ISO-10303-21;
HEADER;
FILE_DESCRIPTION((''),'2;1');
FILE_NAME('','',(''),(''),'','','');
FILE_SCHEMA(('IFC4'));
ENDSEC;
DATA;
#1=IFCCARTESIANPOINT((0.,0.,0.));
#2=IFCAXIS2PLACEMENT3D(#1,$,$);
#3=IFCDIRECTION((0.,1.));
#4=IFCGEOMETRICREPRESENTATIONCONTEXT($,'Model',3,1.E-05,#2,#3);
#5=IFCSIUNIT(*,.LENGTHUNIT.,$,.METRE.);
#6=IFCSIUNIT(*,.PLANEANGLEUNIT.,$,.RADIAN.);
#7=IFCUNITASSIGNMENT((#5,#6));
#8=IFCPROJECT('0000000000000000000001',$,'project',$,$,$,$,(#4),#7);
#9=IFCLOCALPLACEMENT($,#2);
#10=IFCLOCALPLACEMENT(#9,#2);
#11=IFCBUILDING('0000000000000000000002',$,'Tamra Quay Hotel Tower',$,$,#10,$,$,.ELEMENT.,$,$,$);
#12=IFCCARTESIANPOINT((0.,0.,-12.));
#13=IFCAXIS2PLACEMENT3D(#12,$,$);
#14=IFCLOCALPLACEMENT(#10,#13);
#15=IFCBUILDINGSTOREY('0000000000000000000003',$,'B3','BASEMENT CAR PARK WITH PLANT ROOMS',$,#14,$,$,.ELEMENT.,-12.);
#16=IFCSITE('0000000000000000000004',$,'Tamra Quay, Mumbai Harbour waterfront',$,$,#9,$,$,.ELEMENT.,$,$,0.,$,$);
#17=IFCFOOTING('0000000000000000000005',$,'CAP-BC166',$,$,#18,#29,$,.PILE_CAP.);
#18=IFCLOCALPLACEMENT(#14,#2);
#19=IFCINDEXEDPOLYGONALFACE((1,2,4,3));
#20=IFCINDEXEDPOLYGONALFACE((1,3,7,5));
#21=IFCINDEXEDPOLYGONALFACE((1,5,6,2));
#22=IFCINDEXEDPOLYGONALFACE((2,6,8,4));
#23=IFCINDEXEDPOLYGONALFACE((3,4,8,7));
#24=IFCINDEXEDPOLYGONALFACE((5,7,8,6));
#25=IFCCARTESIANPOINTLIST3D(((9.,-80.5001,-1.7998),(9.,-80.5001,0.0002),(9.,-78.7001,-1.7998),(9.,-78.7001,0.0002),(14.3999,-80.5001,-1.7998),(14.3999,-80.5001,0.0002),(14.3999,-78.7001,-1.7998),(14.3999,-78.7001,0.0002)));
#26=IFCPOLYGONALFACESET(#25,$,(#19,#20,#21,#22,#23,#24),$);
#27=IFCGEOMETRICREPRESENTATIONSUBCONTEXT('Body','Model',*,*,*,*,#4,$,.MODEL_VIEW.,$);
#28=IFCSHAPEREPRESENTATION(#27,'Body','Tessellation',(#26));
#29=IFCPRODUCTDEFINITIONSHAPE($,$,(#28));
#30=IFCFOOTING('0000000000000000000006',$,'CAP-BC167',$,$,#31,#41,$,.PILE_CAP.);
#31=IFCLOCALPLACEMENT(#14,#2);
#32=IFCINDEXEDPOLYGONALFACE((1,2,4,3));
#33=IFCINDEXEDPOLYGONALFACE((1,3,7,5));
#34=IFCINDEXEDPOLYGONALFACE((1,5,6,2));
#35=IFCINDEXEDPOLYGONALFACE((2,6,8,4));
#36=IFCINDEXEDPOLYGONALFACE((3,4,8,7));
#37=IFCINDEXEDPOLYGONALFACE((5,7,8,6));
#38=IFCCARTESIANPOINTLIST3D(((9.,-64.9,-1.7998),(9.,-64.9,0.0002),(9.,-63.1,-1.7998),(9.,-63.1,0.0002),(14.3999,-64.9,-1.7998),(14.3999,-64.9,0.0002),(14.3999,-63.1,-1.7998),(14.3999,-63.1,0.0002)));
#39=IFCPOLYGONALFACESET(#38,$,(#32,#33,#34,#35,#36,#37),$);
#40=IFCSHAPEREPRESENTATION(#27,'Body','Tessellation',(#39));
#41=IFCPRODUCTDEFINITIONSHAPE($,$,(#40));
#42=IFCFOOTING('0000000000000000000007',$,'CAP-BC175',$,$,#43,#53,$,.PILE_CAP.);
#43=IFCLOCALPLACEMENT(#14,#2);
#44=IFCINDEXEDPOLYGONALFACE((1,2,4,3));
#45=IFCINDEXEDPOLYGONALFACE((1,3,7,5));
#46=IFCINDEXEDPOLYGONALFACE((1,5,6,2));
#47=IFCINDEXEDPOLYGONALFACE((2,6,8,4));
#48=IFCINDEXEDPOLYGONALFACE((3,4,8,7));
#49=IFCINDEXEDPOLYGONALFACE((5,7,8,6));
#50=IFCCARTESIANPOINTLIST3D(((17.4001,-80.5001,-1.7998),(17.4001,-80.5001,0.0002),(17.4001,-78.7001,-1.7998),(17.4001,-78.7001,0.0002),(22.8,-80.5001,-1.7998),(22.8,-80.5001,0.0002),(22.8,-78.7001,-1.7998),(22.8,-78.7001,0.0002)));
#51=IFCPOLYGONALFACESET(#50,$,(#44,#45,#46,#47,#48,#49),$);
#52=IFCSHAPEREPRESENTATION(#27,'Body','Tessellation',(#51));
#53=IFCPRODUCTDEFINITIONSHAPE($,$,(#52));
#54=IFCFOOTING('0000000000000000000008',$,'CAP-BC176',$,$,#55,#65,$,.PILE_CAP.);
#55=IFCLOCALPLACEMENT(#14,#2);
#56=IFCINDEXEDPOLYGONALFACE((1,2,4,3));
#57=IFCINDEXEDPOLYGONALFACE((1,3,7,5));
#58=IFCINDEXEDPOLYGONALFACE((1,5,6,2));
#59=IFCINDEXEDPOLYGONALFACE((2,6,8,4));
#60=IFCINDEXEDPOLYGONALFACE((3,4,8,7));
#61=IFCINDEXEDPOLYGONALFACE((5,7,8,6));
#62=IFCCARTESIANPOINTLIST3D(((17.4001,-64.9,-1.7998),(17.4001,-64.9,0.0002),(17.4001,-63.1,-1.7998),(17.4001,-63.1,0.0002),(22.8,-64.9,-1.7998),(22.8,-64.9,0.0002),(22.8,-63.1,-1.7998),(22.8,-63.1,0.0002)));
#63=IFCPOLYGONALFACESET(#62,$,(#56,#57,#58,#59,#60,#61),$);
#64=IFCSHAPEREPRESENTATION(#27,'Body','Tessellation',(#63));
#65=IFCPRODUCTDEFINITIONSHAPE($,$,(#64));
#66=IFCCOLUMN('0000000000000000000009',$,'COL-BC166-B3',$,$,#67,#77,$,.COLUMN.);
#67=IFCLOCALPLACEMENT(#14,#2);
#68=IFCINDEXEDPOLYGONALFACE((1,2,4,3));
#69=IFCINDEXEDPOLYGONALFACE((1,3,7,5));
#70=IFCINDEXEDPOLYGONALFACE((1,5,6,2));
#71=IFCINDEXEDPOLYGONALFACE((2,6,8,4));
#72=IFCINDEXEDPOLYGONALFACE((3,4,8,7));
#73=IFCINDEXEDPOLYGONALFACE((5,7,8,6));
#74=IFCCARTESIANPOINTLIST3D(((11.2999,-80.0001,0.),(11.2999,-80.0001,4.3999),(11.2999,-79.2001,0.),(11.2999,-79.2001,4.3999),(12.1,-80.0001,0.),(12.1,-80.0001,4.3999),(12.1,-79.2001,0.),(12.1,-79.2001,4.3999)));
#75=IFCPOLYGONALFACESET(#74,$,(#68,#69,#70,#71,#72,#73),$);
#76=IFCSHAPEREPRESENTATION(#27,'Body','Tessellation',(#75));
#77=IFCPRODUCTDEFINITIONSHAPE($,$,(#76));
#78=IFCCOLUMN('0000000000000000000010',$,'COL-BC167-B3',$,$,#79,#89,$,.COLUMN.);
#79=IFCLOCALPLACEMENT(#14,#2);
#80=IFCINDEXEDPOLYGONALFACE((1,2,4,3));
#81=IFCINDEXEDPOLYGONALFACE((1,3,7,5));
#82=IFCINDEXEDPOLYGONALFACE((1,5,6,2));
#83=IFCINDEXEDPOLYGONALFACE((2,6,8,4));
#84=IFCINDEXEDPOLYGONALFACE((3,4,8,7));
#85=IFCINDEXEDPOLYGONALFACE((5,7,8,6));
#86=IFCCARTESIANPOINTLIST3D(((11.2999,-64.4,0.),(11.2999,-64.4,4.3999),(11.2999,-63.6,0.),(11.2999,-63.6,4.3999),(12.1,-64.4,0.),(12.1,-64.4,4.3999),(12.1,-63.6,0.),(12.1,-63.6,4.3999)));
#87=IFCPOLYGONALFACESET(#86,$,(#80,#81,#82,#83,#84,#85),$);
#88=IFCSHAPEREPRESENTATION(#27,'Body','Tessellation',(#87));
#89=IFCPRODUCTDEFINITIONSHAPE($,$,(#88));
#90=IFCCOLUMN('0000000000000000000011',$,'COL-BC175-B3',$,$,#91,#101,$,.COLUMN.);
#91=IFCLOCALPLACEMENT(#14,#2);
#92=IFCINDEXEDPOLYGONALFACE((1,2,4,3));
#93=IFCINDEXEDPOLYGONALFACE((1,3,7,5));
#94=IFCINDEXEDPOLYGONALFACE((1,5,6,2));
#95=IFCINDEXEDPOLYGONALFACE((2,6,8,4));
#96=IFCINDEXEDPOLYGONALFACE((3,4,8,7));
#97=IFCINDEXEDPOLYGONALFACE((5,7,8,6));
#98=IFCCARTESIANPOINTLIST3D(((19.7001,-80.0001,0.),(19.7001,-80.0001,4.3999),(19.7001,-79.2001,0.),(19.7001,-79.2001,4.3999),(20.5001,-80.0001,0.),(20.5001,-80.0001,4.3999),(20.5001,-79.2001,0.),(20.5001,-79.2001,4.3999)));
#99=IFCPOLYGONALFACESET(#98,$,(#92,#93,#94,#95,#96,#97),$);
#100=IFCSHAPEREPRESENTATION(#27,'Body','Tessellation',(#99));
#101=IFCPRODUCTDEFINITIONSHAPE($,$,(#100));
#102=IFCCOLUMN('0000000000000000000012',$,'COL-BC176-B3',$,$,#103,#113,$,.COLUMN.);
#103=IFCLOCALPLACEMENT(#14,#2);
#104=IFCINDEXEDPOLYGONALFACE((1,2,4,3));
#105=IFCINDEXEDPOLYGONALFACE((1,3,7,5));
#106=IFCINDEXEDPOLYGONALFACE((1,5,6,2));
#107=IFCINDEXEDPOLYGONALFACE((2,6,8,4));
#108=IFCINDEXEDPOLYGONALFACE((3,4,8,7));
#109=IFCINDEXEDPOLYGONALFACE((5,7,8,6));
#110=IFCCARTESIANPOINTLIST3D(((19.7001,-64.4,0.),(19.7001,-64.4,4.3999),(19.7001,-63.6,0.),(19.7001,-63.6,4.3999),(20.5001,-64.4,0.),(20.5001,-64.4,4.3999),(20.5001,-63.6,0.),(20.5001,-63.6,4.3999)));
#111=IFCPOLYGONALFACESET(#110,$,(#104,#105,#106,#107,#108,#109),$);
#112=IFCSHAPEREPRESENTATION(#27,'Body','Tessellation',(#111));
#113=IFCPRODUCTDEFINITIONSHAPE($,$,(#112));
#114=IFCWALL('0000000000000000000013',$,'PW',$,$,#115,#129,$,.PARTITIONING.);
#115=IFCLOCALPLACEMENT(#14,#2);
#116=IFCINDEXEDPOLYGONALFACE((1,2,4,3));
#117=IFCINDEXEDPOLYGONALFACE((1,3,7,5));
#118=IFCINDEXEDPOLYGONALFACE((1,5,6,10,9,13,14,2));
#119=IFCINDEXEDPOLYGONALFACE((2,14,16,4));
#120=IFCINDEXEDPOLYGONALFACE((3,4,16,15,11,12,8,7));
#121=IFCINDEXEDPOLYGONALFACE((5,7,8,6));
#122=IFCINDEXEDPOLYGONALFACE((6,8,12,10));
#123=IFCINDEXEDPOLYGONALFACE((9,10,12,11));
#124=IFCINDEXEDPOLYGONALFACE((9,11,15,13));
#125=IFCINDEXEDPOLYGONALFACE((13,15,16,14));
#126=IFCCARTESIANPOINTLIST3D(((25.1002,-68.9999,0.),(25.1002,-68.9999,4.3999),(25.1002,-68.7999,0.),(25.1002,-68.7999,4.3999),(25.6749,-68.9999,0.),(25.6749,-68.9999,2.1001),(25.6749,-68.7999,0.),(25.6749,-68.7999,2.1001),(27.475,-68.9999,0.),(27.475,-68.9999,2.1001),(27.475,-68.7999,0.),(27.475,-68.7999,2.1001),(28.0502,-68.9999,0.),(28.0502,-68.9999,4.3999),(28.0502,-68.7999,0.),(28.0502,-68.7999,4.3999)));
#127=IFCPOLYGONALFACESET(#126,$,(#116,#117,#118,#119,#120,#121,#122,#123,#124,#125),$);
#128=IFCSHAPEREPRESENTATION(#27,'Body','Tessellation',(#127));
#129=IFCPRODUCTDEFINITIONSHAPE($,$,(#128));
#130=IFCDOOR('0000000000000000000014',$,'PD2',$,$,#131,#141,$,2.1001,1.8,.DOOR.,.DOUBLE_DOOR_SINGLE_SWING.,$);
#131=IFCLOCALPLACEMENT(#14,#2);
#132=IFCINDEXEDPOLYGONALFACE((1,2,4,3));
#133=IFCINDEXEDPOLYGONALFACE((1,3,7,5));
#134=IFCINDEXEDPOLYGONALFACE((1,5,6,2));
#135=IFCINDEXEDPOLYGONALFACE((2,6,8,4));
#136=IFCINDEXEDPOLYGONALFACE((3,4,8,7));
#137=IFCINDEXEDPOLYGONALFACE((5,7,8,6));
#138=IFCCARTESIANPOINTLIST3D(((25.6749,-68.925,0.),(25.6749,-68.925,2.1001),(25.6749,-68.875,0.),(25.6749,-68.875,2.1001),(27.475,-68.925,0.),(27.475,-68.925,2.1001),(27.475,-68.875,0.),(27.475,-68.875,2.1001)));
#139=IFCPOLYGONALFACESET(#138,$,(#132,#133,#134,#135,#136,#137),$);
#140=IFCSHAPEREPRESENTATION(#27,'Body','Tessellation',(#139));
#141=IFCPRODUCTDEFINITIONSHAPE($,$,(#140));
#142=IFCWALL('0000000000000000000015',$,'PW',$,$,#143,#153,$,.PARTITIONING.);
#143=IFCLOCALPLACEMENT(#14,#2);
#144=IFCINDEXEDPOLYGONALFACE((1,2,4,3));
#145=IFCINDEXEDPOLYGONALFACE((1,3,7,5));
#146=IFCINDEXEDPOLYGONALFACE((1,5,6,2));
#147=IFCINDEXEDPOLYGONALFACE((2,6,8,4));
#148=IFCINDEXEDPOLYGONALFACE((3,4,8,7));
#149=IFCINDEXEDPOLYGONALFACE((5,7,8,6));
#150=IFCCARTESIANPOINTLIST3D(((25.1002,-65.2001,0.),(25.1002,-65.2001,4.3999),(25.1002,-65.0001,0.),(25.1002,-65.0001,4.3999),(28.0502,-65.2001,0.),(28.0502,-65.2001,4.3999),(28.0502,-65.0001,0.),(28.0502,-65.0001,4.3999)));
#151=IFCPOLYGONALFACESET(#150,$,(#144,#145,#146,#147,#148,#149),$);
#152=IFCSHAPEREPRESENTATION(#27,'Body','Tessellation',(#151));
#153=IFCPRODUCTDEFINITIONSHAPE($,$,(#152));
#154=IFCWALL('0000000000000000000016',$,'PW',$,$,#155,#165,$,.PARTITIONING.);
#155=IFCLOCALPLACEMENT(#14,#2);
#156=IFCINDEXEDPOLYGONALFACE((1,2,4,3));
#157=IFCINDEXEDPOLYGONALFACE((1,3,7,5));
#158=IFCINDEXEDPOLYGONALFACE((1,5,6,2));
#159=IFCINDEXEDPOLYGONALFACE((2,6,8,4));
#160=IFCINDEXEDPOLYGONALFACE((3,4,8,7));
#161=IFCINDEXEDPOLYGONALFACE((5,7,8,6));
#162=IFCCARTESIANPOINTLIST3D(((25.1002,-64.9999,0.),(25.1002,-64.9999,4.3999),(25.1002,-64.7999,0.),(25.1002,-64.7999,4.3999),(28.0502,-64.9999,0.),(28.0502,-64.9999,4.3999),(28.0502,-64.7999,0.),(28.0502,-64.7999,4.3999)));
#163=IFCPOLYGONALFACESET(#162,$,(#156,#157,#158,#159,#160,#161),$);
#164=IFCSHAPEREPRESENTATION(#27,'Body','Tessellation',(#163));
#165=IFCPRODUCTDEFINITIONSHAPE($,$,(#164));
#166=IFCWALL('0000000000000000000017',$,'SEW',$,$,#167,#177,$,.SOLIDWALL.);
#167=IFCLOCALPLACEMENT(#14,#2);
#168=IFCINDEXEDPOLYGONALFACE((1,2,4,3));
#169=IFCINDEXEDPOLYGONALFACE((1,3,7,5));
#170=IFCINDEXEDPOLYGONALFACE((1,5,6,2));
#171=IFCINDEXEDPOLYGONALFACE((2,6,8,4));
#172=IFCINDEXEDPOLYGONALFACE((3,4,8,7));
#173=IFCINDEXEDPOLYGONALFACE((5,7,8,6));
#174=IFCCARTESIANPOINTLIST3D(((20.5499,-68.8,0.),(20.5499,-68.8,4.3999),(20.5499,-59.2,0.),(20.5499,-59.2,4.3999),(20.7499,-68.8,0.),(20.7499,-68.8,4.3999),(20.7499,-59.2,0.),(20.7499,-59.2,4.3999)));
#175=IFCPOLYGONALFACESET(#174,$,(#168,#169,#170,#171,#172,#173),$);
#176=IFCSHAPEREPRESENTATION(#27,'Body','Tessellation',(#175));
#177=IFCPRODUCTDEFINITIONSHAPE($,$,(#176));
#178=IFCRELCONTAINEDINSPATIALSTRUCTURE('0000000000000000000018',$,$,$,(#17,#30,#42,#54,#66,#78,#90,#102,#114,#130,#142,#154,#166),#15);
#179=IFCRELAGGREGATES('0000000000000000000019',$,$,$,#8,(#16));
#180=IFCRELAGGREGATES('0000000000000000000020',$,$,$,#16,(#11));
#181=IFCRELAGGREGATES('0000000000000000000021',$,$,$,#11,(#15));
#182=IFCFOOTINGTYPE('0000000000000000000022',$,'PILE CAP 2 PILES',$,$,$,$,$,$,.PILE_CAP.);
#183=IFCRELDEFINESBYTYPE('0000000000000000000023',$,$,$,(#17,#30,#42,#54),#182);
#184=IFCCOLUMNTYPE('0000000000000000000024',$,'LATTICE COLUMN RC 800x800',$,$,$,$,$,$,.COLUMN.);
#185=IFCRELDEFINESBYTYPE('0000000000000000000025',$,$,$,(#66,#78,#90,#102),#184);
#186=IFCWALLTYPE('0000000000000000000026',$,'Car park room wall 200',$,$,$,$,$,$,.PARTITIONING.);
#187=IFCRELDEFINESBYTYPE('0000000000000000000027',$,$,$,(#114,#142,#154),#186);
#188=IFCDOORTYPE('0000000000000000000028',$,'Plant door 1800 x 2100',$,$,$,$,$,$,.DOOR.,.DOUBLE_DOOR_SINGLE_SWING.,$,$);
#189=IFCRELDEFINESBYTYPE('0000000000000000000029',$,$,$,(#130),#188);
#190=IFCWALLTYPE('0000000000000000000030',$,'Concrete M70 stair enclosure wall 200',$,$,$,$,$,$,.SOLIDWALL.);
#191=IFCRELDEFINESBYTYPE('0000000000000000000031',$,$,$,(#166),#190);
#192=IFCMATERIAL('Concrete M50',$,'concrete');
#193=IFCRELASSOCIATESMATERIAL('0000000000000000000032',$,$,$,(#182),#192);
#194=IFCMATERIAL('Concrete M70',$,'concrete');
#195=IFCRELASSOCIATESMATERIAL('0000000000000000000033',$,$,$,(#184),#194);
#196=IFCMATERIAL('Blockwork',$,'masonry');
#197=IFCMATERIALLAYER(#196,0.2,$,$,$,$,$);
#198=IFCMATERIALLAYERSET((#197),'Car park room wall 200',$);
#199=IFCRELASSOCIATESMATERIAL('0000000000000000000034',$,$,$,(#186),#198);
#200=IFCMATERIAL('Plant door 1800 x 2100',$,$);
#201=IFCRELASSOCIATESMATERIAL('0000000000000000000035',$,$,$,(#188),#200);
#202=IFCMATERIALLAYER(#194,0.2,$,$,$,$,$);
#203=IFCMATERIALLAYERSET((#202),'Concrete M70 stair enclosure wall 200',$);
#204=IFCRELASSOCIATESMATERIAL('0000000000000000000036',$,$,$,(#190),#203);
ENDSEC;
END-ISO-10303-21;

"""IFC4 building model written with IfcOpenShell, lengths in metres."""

from ifc_helpers import new_model, si_unit, direction, frame, frame_2d, origin, origin_2d, place, context, subcontext, project, spatial, rectangle, extrude, material, layer, layer_set, material_profile, profile_set, type_object, element, fill, save


model = new_model("IFC4")

# Units and contexts
model_context = context("Model", 3, precision=1e-05, world=origin(), true_north=direction((0.0, 1.0)))
body_context = subcontext(model_context, "Body", "Model", "MODEL_VIEW")
ifc_project = project(units=[si_unit("LENGTHUNIT", "METRE"), si_unit("PLANEANGLEUNIT", "RADIAN")], contexts=[model_context])

# Site, building, storey
site_placement = place(None, origin())
site = spatial("IfcSite", under=ifc_project, at=site_placement, Name="Tamra Quay, Mumbai Harbour waterfront", CompositionType="ELEMENT", RefElevation=0.0)
building_placement = place(site_placement, origin())
building = spatial("IfcBuilding", under=site, at=building_placement, Name="Tamra Quay Hotel Tower", CompositionType="ELEMENT")
storey_placement = place(building_placement, frame((0.0, 0.0, -12.0)))
storey = spatial("IfcBuildingStorey", under=building, at=storey_placement, Name="B3", Description="BASEMENT CAR PARK WITH PLANT ROOMS", CompositionType="ELEMENT", Elevation=-12.0)

# Footings
ifc_material_1 = material(Name="Concrete M50", Category="concrete")
footing_type = type_object("IfcFootingType", Name="PILE CAP 2 PILES", PredefinedType="PILE_CAP", material=ifc_material_1)
for number, where, z_axis, x_axis, name in (
    (1, (11.7, -79.6001, -1.7998), (0.0, 0.0, 1.0), (1.0, 0.0, 0.0), "CAP-BC166"),
    (2, (11.7, -64.0, -1.7998), (0.0, 0.0, 1.0), (1.0, 0.0, 0.0), "CAP-BC167"),
    (3, (20.1001, -79.6001, -1.7998), (0.0, 0.0, 1.0), (1.0, 0.0, 0.0), "CAP-BC175"),
    (4, (20.1001, -64.0, -1.7998), (0.0, 0.0, 1.0), (1.0, 0.0, 0.0), "CAP-BC176"),
):
    element("IfcFooting", number, at=place(storey_placement, frame(where, z_axis=z_axis, x_axis=x_axis)), inside=storey, type_object=footing_type, Name=name, PredefinedType="PILE_CAP", context=body_context, shape_type="SweptSolid", body=[
        extrude(rectangle(XDim=5.3999, YDim=1.8, at=origin_2d()), origin(), (0.0, 0.0, 1.0), 1.8),
    ])

# Columns
ifc_material_2 = material(Name="Concrete M70", Category="concrete")
ifc_material_profile_1 = material_profile(ifc_material_2, rectangle(XDim=0.8, YDim=0.8, at=origin_2d()), Name="LATTICE COLUMN RC 800x800")
ifc_profile_set_1 = profile_set([ifc_material_profile_1], Name="Concrete M70")
column_type = type_object("IfcColumnType", Name="LATTICE COLUMN RC 800x800", PredefinedType="COLUMN", material=ifc_profile_set_1)
for number, where, z_axis, x_axis, name in (
    (5, (11.7, -79.6001, 0.0), (0.0, 0.0, 1.0), (1.0, 0.0, 0.0), "COL-BC166-B3"),
    (6, (11.7, -64.0, 0.0), (0.0, 0.0, 1.0), (1.0, 0.0, 0.0), "COL-BC167-B3"),
    (7, (20.1001, -79.6001, 0.0), (0.0, 0.0, 1.0), (1.0, 0.0, 0.0), "COL-BC175-B3"),
    (8, (20.1001, -64.0, 0.0), (0.0, 0.0, 1.0), (1.0, 0.0, 0.0), "COL-BC176-B3"),
):
    element("IfcColumn", number, at=place(storey_placement, frame(where, z_axis=z_axis, x_axis=x_axis)), inside=storey, type_object=column_type, Name=name, PredefinedType="COLUMN", context=body_context, shape_type="SweptSolid", body=[
        extrude(rectangle(XDim=0.8, YDim=0.8, at=origin_2d()), origin(), (0.0, 0.0, 1.0), 4.3999),
    ])

# Wall, opening, door
ifc_material_3 = material(Name="Blockwork", Category="masonry")
ifc_layer_1 = layer(ifc_material_3, 0.2)
ifc_layer_set_1 = layer_set([ifc_layer_1], Name="Car park room wall 200")
wall_type_1 = type_object("IfcWallType", Name="Car park room wall 200", PredefinedType="PARTITIONING", material=ifc_layer_set_1)
wall_1_placement = place(storey_placement, frame((25.1001, -68.8999, 0.0), z_axis=(0.0, 0.0, 1.0), x_axis=(1.0, 0.0, 0.0)))
wall_1 = element("IfcWall", 9, at=wall_1_placement, inside=storey, type_object=wall_type_1, Name="PW", PredefinedType="PARTITIONING", context=body_context, shape_type="SweptSolid", body=[
    extrude(rectangle(XDim=2.95, YDim=0.2, at=frame_2d((1.4751, 0.0))), origin(), (0.0, 0.0, 1.0), 4.3999),
])
opening_1_placement = place(wall_1_placement, frame((0.575, 0.0, 0.0)))
opening_1 = element("IfcOpeningElement", 10, at=opening_1_placement, cuts=wall_1, PredefinedType="OPENING", context=body_context, shape_type="SweptSolid", body=[
    extrude(rectangle(XDim=1.8, YDim=2.1001, at=frame_2d((0.8999, 1.05))), frame((0.0, 0.1099, 0.0), z_axis=(0.0, -1.0, 0.0), x_axis=(1.0, 0.0, 0.0)), (0.0, 0.0, 1.0), 0.22),
])
ifc_material_4 = material(Name="Plant door 1800 x 2100")
door_type_1 = type_object("IfcDoorType", Name="Plant door 1800 x 2100", OperationType="DOUBLE_DOOR_SINGLE_SWING", PredefinedType="DOOR", material=ifc_material_4)
door_1_placement = place(opening_1_placement, origin())
door_1 = element("IfcDoor", 11, at=door_1_placement, inside=storey, type_object=door_type_1, Name="PD2", OperationType="DOUBLE_DOOR_SINGLE_SWING", OverallHeight=2.1001, OverallWidth=1.8, PredefinedType="DOOR", context=body_context, shape_type="SweptSolid", body=[
    extrude(rectangle(XDim=1.8, YDim=2.1001, at=frame_2d((0.8999, 1.05))), frame((0.0, 0.0249, 0.0), z_axis=(0.0, -1.0, 0.0), x_axis=(1.0, 0.0, 0.0)), (0.0, 0.0, 1.0), 0.05),
])
fill(opening_1, door_1)

# Walls
for number, where, z_axis, x_axis, name in (
    (12, (25.1001, -65.1001, 0.0), (0.0, 0.0, 1.0), (1.0, 0.0, 0.0), "PW"),
    (13, (25.1001, -64.8999, 0.0), (0.0, 0.0, 1.0), (1.0, 0.0, 0.0), "PW"),
):
    element("IfcWall", number, at=place(storey_placement, frame(where, z_axis=z_axis, x_axis=x_axis)), inside=storey, type_object=wall_type_1, Name=name, PredefinedType="PARTITIONING", context=body_context, shape_type="SweptSolid", body=[
        extrude(rectangle(XDim=2.95, YDim=0.2, at=frame_2d((1.4751, 0.0))), origin(), (0.0, 0.0, 1.0), 4.3999),
    ])
ifc_layer_2 = layer(ifc_material_2, 0.2)
ifc_layer_set_2 = layer_set([ifc_layer_2], Name="Concrete M70 stair enclosure wall 200")
wall_type_2 = type_object("IfcWallType", Name="Concrete M70 stair enclosure wall 200", PredefinedType="SOLIDWALL", material=ifc_layer_set_2)
wall_2_placement = place(storey_placement, frame((20.6499, -68.8, 0.0), z_axis=(0.0, 0.0, 1.0), x_axis=(0.0, 1.0, 0.0)))
element("IfcWall", 14, at=wall_2_placement, inside=storey, type_object=wall_type_2, Name="SEW", PredefinedType="SOLIDWALL", context=body_context, shape_type="SweptSolid", body=[
    extrude(rectangle(XDim=9.6001, YDim=0.2, at=frame_2d((4.8, 0.0))), origin(), (0.0, 0.0, 1.0), 4.3999),
])

save(model, "model.ifc")
